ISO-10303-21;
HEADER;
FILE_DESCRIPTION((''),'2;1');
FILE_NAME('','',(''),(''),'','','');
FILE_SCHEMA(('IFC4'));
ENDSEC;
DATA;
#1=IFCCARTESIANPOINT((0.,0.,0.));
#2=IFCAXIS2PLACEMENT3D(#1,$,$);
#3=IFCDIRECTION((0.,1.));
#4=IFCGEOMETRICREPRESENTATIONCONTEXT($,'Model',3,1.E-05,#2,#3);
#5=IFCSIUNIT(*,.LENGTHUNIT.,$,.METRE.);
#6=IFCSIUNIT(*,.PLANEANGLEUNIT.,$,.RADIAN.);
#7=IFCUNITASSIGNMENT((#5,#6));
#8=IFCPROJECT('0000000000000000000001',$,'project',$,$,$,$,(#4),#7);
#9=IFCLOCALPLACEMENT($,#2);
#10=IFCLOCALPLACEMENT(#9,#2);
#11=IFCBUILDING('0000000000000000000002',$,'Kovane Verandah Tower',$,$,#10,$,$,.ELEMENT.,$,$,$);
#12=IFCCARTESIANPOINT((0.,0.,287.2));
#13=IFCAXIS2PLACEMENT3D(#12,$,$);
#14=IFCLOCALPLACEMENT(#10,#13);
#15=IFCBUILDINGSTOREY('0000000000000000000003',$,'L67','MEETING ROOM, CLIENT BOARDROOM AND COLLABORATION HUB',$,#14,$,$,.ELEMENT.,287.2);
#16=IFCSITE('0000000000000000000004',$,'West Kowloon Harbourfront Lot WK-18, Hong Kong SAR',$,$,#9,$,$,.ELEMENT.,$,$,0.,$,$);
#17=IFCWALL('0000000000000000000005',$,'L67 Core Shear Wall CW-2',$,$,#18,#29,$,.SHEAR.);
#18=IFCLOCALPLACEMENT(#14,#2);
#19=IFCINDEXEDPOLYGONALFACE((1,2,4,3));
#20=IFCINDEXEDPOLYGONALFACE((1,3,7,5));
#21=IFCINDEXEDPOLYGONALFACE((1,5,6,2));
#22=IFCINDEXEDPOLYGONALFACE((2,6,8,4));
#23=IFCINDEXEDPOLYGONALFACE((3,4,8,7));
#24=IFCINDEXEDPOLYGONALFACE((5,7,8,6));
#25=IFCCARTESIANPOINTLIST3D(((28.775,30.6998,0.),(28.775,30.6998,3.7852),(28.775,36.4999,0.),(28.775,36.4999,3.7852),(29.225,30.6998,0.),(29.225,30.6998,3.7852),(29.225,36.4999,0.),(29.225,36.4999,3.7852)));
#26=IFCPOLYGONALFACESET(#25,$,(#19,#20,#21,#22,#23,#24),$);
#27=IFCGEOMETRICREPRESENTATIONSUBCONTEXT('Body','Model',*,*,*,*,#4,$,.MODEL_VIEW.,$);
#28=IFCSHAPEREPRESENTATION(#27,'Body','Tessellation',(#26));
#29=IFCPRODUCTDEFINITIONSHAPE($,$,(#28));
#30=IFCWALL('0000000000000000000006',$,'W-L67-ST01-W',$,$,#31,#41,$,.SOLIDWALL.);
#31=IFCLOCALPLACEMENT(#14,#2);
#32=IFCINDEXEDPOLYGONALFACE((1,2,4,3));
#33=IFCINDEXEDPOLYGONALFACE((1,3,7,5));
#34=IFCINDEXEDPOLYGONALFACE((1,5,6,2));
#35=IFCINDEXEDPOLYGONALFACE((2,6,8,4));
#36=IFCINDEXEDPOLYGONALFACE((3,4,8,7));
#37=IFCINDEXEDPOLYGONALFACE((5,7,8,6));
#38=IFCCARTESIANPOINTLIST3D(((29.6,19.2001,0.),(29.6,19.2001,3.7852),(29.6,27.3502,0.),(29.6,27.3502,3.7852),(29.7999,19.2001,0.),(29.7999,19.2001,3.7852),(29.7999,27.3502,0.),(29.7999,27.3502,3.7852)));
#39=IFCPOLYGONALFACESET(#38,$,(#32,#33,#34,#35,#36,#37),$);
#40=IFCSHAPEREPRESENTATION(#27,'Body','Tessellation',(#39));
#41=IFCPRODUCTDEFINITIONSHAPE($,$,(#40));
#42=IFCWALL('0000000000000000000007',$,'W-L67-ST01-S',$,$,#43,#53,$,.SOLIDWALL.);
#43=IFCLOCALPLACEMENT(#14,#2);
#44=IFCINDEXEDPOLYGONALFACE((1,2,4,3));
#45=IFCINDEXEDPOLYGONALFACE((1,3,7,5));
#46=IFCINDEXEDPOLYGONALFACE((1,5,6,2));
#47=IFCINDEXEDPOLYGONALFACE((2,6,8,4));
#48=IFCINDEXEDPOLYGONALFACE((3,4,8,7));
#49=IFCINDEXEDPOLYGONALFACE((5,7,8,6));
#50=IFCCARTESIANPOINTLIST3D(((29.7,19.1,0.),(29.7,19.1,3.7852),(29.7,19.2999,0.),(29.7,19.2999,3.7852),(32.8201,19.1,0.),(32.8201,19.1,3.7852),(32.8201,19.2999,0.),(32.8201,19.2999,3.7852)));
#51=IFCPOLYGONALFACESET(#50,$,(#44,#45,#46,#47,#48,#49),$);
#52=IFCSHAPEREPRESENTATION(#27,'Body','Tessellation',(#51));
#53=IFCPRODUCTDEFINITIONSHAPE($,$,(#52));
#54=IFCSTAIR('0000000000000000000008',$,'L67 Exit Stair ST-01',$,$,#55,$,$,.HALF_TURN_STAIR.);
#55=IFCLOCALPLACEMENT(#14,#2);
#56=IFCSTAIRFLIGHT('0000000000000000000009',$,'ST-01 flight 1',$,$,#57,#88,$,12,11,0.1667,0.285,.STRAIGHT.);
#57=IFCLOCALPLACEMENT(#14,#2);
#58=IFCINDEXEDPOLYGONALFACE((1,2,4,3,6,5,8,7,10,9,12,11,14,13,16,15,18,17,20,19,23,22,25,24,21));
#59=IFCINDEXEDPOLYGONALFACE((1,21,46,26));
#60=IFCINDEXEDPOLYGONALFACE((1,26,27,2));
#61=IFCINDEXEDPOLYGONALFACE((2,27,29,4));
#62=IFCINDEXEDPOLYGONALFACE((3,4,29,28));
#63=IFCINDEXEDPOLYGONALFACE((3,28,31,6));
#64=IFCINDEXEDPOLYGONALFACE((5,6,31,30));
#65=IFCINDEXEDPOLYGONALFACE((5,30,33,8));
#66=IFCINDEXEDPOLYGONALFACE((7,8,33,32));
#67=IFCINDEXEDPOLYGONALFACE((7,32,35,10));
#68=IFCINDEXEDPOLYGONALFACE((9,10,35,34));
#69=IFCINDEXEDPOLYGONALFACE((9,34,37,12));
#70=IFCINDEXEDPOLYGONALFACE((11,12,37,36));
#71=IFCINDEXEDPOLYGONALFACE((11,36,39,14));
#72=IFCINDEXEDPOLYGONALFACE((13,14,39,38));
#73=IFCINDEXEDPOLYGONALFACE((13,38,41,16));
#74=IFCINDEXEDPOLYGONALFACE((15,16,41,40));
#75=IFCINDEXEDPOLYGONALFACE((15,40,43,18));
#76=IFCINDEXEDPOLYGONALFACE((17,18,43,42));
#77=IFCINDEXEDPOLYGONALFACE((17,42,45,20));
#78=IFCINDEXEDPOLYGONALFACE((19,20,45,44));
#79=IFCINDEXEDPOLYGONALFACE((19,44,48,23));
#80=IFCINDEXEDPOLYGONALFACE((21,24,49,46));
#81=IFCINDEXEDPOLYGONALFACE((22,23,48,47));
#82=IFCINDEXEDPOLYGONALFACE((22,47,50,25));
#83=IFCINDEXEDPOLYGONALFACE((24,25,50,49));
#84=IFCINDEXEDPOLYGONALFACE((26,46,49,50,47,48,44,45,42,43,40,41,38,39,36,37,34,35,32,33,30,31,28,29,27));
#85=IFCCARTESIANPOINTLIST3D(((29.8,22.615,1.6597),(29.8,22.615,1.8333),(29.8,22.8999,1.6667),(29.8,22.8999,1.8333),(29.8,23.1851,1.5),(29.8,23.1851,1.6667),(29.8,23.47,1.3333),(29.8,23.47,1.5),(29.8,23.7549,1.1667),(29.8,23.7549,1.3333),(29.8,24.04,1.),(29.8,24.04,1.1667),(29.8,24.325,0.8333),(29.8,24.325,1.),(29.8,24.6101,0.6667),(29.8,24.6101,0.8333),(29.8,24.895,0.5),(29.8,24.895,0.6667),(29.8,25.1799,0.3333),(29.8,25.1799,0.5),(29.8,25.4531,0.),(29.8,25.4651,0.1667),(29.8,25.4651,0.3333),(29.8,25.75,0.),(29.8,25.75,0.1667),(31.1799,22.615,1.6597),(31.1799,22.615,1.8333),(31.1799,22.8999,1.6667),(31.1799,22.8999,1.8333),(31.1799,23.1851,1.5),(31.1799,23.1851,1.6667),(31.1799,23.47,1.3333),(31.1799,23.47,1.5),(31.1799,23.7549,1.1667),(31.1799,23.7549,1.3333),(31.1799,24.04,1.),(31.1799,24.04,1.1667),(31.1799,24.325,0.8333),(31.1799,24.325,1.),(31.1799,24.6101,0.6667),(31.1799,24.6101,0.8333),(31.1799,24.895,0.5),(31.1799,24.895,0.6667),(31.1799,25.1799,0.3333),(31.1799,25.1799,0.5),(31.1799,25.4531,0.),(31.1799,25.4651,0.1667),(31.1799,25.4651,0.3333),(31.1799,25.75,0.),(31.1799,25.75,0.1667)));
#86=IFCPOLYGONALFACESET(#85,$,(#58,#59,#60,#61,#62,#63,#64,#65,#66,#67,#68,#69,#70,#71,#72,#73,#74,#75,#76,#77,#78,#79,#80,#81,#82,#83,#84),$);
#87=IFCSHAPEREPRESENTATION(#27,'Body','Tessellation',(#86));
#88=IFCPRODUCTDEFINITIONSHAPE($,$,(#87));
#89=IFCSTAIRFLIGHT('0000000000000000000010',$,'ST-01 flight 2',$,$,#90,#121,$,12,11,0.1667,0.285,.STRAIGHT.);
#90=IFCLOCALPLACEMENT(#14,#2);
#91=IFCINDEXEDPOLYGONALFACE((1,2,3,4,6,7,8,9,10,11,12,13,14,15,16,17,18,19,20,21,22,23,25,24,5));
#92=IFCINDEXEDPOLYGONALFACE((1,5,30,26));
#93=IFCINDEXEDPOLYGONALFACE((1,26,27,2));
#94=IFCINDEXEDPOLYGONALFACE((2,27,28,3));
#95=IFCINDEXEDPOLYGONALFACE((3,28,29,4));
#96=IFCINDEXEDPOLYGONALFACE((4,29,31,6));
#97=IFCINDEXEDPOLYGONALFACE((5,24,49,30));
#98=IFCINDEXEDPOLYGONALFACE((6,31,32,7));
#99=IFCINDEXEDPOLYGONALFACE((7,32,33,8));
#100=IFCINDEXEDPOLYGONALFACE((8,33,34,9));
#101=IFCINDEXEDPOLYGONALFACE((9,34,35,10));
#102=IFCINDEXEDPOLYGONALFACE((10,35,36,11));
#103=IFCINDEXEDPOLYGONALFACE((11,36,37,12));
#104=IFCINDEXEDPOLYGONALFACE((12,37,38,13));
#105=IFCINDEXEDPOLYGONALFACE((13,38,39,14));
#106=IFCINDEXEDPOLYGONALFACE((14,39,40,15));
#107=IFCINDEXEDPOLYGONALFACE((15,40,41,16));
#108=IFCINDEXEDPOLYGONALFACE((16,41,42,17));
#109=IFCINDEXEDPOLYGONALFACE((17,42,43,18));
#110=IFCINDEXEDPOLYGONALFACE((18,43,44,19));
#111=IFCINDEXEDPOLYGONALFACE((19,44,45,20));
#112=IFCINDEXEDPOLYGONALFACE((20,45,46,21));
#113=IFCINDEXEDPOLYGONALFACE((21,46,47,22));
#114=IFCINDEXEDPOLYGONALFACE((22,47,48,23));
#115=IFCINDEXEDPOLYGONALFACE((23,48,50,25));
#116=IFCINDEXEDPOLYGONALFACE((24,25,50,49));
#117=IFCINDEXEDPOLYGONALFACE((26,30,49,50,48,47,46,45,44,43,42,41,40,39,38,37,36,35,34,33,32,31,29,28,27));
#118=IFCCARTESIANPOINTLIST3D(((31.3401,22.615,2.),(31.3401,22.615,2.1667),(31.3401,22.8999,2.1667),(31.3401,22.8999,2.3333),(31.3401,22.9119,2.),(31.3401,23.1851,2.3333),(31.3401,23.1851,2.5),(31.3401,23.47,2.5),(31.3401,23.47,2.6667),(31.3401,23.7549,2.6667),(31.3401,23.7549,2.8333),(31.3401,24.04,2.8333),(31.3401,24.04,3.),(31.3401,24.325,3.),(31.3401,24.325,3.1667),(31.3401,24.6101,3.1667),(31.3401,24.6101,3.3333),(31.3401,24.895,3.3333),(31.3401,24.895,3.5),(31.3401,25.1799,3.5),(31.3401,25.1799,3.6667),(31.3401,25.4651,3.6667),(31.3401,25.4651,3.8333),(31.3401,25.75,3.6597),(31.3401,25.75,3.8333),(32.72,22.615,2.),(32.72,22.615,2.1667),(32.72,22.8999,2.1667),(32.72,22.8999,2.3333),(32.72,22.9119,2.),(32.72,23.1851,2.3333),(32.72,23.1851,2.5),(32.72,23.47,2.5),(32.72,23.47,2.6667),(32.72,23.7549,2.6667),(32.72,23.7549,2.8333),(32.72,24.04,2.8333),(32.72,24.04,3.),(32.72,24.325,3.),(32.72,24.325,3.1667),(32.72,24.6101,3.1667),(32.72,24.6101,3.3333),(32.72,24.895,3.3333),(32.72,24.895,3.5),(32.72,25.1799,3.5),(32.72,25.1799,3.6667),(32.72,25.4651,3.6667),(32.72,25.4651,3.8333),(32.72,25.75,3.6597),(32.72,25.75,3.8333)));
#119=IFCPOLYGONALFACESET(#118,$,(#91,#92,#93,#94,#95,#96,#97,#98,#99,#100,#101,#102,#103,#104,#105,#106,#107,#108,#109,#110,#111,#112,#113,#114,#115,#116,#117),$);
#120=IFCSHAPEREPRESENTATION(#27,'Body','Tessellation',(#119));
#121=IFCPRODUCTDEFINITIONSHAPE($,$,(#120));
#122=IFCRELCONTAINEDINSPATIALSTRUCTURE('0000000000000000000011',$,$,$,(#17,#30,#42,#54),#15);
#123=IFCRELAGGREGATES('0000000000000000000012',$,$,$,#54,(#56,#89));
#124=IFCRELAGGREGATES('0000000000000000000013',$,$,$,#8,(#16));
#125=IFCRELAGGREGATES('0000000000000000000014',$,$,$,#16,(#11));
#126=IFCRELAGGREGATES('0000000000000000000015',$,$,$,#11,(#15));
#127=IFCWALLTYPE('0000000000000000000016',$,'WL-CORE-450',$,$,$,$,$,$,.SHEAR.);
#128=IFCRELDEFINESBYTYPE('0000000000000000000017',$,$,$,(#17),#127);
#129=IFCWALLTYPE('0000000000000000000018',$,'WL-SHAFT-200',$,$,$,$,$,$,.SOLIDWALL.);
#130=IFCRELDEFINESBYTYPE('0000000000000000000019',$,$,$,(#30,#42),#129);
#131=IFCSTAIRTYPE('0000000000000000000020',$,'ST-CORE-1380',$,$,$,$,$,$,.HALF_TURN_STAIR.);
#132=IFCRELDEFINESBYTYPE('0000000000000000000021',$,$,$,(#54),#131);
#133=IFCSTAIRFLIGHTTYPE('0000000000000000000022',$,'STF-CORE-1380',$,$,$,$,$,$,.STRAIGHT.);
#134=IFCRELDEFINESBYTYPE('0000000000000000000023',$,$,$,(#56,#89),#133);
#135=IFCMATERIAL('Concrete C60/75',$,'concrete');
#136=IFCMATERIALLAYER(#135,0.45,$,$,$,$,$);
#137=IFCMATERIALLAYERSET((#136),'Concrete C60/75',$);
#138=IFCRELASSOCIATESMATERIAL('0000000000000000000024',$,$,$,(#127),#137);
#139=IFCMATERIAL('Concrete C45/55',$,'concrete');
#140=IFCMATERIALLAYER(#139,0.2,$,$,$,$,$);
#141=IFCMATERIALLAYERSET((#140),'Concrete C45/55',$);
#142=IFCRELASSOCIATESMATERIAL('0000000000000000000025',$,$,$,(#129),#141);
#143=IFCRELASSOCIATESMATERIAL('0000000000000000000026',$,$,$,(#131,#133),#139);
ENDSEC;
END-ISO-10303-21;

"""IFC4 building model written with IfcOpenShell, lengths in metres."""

from ifc_helpers import new_model, si_unit, direction, frame, frame_2d, origin, place, context, subcontext, project, spatial, polyline, rectangle, outline, extrude, material, layer, layer_set, type_object, element, aggregate, save


model = new_model("IFC4")

# Units and contexts
model_context = context("Model", 3, precision=1e-05, world=origin(), true_north=direction((0.0, 1.0)))
body_context = subcontext(model_context, "Body", "Model", "MODEL_VIEW")
ifc_project = project(units=[si_unit("LENGTHUNIT", "METRE"), si_unit("PLANEANGLEUNIT", "RADIAN")], contexts=[model_context])

# Site, building, storey
site_placement = place(None, origin())
site = spatial("IfcSite", under=ifc_project, at=site_placement, Name="West Kowloon Harbourfront Lot WK-18, Hong Kong SAR", CompositionType="ELEMENT", RefElevation=0.0)
building_placement = place(site_placement, origin())
building = spatial("IfcBuilding", under=site, at=building_placement, Name="Kovane Verandah Tower", CompositionType="ELEMENT")
storey_placement = place(building_placement, frame((0.0, 0.0, 287.2)))
storey = spatial("IfcBuildingStorey", under=building, at=storey_placement, Name="L67", Description="MEETING ROOM, CLIENT BOARDROOM AND COLLABORATION HUB", CompositionType="ELEMENT", Elevation=287.2)

# Shared definitions
ifc_material_1 = material(Name="Concrete C60/75", Category="concrete")

# Wall
ifc_layer_1 = layer(ifc_material_1, 0.45)
ifc_layer_set_1 = layer_set([ifc_layer_1], Name="Concrete C60/75")
wall_type_1 = type_object("IfcWallType", Name="WL-CORE-450", PredefinedType="SHEAR", material=ifc_layer_set_1)
wall_1_placement = place(storey_placement, frame((29.0, 30.7, 0.0), z_axis=(0.0, 0.0, 1.0), x_axis=(0.0, 1.0, 0.0)))
element("IfcWall", 1, at=wall_1_placement, inside=storey, type_object=wall_type_1, Name="L67 Core Shear Wall CW-2", PredefinedType="SHEAR", context=body_context, shape_type="SweptSolid", body=[
    extrude(rectangle(XDim=5.8, YDim=0.45, at=frame_2d((2.8999, 0.0))), origin(), (0.0, 0.0, 1.0), 3.7852),
])

# Walls
ifc_material_2 = material(Name="Concrete C45/55", Category="concrete")
ifc_layer_2 = layer(ifc_material_2, 0.2)
ifc_layer_set_2 = layer_set([ifc_layer_2], Name="Concrete C45/55")
wall_type_2 = type_object("IfcWallType", Name="WL-SHAFT-200", PredefinedType="SOLIDWALL", material=ifc_layer_set_2)
wall_2_placement = place(storey_placement, frame((29.7, 19.2, 0.0), z_axis=(0.0, 0.0, 1.0), x_axis=(0.0, 1.0, 0.0)))
element("IfcWall", 2, at=wall_2_placement, inside=storey, type_object=wall_type_2, Name="W-L67-ST01-W", PredefinedType="SOLIDWALL", context=body_context, shape_type="SweptSolid", body=[
    extrude(rectangle(XDim=8.1501, YDim=0.2, at=frame_2d((4.0752, 0.0))), origin(), (0.0, 0.0, 1.0), 3.7852),
])
wall_3_placement = place(storey_placement, frame((29.7, 19.2, 0.0), z_axis=(0.0, 0.0, 1.0), x_axis=(1.0, 0.0, 0.0)))
element("IfcWall", 3, at=wall_3_placement, inside=storey, type_object=wall_type_2, Name="W-L67-ST01-S", PredefinedType="SOLIDWALL", context=body_context, shape_type="SweptSolid", body=[
    extrude(rectangle(XDim=3.1201, YDim=0.2, at=frame_2d((1.5601, 0.0))), origin(), (0.0, 0.0, 1.0), 3.7852),
])

# Stair, stair flights
stair_type = type_object("IfcStairType", Name="ST-CORE-1380", PredefinedType="HALF_TURN_STAIR", material=ifc_material_2)
stair_placement = place(storey_placement, origin())
stair = element("IfcStair", 4, at=stair_placement, inside=storey, type_object=stair_type, Name="L67 Exit Stair ST-01", PredefinedType="HALF_TURN_STAIR")
stair_flight_type = type_object("IfcStairFlightType", Name="STF-CORE-1380", PredefinedType="STRAIGHT", material=ifc_material_2)
stair_flight_1_placement = place(storey_placement, frame((30.49, 25.75, 0.0), z_axis=(0.0, 0.0, 1.0), x_axis=(0.0, -1.0, 0.0)))
stair_flight_1 = element("IfcStairFlight", 5, at=stair_flight_1_placement, type_object=stair_flight_type, Name="ST-01 flight 1", NumberOfRisers=12, NumberOfTreads=11, PredefinedType="STRAIGHT", RiserHeight=0.1667, TreadLength=0.285, context=body_context, shape_type="SweptSolid", body=[
    extrude(outline(polyline([(0.0, 0.0), (0.0, 0.1667), (0.2849, 0.1667), (0.2849, 0.3333), (0.5701, 0.3333), (0.5701, 0.5), (0.855, 0.5), (0.855, 0.6667), (1.1399, 0.6667), (1.1399, 0.8333), (1.425, 0.8333), (1.425, 1.0), (1.71, 1.0), (1.71, 1.1667), (1.9951, 1.1667), (1.9951, 1.3333), (2.28, 1.3333), (2.28, 1.5), (2.5649, 1.5), (2.5649, 1.6667), (2.8501, 1.6667), (2.8501, 1.8333), (3.135, 1.8333), (3.135, 2.0), (3.135, 1.6597), (0.2969, 0.0), (0.0, 0.0)])), frame((0.0, 0.6899, 0.0), z_axis=(0.0, -1.0, 0.0), x_axis=(1.0, 0.0, 0.0)), (0.0, 0.0, 1.0), 1.3799),
])
stair_flight_2_placement = place(storey_placement, frame((32.03, 22.615, 2.0), z_axis=(0.0, 0.0, 1.0), x_axis=(0.0, 1.0, 0.0)))
stair_flight_2 = element("IfcStairFlight", 6, at=stair_flight_2_placement, type_object=stair_flight_type, Name="ST-01 flight 2", NumberOfRisers=12, NumberOfTreads=11, PredefinedType="STRAIGHT", RiserHeight=0.1667, TreadLength=0.285, context=body_context, shape_type="SweptSolid", body=[
    extrude(outline(polyline([(0.0, 0.0), (0.0, 0.1667), (0.2849, 0.1667), (0.2849, 0.3333), (0.5701, 0.3333), (0.5701, 0.5), (0.855, 0.5), (0.855, 0.6667), (1.1399, 0.6667), (1.1399, 0.8333), (1.425, 0.8333), (1.425, 1.0), (1.71, 1.0), (1.71, 1.1667), (1.9951, 1.1667), (1.9951, 1.3333), (2.28, 1.3333), (2.28, 1.5), (2.5649, 1.5), (2.5649, 1.6667), (2.8501, 1.6667), (2.8501, 1.8333), (3.135, 1.8333), (3.135, 2.0), (3.135, 1.6597), (0.2969, 0.0), (0.0, 0.0)])), frame((0.0, 0.6899, 0.0), z_axis=(0.0, -1.0, 0.0), x_axis=(1.0, 0.0, 0.0)), (0.0, 0.0, 1.0), 1.3799),
])
aggregate(stair, [stair_flight_1, stair_flight_2])

save(model, "model.ifc")
